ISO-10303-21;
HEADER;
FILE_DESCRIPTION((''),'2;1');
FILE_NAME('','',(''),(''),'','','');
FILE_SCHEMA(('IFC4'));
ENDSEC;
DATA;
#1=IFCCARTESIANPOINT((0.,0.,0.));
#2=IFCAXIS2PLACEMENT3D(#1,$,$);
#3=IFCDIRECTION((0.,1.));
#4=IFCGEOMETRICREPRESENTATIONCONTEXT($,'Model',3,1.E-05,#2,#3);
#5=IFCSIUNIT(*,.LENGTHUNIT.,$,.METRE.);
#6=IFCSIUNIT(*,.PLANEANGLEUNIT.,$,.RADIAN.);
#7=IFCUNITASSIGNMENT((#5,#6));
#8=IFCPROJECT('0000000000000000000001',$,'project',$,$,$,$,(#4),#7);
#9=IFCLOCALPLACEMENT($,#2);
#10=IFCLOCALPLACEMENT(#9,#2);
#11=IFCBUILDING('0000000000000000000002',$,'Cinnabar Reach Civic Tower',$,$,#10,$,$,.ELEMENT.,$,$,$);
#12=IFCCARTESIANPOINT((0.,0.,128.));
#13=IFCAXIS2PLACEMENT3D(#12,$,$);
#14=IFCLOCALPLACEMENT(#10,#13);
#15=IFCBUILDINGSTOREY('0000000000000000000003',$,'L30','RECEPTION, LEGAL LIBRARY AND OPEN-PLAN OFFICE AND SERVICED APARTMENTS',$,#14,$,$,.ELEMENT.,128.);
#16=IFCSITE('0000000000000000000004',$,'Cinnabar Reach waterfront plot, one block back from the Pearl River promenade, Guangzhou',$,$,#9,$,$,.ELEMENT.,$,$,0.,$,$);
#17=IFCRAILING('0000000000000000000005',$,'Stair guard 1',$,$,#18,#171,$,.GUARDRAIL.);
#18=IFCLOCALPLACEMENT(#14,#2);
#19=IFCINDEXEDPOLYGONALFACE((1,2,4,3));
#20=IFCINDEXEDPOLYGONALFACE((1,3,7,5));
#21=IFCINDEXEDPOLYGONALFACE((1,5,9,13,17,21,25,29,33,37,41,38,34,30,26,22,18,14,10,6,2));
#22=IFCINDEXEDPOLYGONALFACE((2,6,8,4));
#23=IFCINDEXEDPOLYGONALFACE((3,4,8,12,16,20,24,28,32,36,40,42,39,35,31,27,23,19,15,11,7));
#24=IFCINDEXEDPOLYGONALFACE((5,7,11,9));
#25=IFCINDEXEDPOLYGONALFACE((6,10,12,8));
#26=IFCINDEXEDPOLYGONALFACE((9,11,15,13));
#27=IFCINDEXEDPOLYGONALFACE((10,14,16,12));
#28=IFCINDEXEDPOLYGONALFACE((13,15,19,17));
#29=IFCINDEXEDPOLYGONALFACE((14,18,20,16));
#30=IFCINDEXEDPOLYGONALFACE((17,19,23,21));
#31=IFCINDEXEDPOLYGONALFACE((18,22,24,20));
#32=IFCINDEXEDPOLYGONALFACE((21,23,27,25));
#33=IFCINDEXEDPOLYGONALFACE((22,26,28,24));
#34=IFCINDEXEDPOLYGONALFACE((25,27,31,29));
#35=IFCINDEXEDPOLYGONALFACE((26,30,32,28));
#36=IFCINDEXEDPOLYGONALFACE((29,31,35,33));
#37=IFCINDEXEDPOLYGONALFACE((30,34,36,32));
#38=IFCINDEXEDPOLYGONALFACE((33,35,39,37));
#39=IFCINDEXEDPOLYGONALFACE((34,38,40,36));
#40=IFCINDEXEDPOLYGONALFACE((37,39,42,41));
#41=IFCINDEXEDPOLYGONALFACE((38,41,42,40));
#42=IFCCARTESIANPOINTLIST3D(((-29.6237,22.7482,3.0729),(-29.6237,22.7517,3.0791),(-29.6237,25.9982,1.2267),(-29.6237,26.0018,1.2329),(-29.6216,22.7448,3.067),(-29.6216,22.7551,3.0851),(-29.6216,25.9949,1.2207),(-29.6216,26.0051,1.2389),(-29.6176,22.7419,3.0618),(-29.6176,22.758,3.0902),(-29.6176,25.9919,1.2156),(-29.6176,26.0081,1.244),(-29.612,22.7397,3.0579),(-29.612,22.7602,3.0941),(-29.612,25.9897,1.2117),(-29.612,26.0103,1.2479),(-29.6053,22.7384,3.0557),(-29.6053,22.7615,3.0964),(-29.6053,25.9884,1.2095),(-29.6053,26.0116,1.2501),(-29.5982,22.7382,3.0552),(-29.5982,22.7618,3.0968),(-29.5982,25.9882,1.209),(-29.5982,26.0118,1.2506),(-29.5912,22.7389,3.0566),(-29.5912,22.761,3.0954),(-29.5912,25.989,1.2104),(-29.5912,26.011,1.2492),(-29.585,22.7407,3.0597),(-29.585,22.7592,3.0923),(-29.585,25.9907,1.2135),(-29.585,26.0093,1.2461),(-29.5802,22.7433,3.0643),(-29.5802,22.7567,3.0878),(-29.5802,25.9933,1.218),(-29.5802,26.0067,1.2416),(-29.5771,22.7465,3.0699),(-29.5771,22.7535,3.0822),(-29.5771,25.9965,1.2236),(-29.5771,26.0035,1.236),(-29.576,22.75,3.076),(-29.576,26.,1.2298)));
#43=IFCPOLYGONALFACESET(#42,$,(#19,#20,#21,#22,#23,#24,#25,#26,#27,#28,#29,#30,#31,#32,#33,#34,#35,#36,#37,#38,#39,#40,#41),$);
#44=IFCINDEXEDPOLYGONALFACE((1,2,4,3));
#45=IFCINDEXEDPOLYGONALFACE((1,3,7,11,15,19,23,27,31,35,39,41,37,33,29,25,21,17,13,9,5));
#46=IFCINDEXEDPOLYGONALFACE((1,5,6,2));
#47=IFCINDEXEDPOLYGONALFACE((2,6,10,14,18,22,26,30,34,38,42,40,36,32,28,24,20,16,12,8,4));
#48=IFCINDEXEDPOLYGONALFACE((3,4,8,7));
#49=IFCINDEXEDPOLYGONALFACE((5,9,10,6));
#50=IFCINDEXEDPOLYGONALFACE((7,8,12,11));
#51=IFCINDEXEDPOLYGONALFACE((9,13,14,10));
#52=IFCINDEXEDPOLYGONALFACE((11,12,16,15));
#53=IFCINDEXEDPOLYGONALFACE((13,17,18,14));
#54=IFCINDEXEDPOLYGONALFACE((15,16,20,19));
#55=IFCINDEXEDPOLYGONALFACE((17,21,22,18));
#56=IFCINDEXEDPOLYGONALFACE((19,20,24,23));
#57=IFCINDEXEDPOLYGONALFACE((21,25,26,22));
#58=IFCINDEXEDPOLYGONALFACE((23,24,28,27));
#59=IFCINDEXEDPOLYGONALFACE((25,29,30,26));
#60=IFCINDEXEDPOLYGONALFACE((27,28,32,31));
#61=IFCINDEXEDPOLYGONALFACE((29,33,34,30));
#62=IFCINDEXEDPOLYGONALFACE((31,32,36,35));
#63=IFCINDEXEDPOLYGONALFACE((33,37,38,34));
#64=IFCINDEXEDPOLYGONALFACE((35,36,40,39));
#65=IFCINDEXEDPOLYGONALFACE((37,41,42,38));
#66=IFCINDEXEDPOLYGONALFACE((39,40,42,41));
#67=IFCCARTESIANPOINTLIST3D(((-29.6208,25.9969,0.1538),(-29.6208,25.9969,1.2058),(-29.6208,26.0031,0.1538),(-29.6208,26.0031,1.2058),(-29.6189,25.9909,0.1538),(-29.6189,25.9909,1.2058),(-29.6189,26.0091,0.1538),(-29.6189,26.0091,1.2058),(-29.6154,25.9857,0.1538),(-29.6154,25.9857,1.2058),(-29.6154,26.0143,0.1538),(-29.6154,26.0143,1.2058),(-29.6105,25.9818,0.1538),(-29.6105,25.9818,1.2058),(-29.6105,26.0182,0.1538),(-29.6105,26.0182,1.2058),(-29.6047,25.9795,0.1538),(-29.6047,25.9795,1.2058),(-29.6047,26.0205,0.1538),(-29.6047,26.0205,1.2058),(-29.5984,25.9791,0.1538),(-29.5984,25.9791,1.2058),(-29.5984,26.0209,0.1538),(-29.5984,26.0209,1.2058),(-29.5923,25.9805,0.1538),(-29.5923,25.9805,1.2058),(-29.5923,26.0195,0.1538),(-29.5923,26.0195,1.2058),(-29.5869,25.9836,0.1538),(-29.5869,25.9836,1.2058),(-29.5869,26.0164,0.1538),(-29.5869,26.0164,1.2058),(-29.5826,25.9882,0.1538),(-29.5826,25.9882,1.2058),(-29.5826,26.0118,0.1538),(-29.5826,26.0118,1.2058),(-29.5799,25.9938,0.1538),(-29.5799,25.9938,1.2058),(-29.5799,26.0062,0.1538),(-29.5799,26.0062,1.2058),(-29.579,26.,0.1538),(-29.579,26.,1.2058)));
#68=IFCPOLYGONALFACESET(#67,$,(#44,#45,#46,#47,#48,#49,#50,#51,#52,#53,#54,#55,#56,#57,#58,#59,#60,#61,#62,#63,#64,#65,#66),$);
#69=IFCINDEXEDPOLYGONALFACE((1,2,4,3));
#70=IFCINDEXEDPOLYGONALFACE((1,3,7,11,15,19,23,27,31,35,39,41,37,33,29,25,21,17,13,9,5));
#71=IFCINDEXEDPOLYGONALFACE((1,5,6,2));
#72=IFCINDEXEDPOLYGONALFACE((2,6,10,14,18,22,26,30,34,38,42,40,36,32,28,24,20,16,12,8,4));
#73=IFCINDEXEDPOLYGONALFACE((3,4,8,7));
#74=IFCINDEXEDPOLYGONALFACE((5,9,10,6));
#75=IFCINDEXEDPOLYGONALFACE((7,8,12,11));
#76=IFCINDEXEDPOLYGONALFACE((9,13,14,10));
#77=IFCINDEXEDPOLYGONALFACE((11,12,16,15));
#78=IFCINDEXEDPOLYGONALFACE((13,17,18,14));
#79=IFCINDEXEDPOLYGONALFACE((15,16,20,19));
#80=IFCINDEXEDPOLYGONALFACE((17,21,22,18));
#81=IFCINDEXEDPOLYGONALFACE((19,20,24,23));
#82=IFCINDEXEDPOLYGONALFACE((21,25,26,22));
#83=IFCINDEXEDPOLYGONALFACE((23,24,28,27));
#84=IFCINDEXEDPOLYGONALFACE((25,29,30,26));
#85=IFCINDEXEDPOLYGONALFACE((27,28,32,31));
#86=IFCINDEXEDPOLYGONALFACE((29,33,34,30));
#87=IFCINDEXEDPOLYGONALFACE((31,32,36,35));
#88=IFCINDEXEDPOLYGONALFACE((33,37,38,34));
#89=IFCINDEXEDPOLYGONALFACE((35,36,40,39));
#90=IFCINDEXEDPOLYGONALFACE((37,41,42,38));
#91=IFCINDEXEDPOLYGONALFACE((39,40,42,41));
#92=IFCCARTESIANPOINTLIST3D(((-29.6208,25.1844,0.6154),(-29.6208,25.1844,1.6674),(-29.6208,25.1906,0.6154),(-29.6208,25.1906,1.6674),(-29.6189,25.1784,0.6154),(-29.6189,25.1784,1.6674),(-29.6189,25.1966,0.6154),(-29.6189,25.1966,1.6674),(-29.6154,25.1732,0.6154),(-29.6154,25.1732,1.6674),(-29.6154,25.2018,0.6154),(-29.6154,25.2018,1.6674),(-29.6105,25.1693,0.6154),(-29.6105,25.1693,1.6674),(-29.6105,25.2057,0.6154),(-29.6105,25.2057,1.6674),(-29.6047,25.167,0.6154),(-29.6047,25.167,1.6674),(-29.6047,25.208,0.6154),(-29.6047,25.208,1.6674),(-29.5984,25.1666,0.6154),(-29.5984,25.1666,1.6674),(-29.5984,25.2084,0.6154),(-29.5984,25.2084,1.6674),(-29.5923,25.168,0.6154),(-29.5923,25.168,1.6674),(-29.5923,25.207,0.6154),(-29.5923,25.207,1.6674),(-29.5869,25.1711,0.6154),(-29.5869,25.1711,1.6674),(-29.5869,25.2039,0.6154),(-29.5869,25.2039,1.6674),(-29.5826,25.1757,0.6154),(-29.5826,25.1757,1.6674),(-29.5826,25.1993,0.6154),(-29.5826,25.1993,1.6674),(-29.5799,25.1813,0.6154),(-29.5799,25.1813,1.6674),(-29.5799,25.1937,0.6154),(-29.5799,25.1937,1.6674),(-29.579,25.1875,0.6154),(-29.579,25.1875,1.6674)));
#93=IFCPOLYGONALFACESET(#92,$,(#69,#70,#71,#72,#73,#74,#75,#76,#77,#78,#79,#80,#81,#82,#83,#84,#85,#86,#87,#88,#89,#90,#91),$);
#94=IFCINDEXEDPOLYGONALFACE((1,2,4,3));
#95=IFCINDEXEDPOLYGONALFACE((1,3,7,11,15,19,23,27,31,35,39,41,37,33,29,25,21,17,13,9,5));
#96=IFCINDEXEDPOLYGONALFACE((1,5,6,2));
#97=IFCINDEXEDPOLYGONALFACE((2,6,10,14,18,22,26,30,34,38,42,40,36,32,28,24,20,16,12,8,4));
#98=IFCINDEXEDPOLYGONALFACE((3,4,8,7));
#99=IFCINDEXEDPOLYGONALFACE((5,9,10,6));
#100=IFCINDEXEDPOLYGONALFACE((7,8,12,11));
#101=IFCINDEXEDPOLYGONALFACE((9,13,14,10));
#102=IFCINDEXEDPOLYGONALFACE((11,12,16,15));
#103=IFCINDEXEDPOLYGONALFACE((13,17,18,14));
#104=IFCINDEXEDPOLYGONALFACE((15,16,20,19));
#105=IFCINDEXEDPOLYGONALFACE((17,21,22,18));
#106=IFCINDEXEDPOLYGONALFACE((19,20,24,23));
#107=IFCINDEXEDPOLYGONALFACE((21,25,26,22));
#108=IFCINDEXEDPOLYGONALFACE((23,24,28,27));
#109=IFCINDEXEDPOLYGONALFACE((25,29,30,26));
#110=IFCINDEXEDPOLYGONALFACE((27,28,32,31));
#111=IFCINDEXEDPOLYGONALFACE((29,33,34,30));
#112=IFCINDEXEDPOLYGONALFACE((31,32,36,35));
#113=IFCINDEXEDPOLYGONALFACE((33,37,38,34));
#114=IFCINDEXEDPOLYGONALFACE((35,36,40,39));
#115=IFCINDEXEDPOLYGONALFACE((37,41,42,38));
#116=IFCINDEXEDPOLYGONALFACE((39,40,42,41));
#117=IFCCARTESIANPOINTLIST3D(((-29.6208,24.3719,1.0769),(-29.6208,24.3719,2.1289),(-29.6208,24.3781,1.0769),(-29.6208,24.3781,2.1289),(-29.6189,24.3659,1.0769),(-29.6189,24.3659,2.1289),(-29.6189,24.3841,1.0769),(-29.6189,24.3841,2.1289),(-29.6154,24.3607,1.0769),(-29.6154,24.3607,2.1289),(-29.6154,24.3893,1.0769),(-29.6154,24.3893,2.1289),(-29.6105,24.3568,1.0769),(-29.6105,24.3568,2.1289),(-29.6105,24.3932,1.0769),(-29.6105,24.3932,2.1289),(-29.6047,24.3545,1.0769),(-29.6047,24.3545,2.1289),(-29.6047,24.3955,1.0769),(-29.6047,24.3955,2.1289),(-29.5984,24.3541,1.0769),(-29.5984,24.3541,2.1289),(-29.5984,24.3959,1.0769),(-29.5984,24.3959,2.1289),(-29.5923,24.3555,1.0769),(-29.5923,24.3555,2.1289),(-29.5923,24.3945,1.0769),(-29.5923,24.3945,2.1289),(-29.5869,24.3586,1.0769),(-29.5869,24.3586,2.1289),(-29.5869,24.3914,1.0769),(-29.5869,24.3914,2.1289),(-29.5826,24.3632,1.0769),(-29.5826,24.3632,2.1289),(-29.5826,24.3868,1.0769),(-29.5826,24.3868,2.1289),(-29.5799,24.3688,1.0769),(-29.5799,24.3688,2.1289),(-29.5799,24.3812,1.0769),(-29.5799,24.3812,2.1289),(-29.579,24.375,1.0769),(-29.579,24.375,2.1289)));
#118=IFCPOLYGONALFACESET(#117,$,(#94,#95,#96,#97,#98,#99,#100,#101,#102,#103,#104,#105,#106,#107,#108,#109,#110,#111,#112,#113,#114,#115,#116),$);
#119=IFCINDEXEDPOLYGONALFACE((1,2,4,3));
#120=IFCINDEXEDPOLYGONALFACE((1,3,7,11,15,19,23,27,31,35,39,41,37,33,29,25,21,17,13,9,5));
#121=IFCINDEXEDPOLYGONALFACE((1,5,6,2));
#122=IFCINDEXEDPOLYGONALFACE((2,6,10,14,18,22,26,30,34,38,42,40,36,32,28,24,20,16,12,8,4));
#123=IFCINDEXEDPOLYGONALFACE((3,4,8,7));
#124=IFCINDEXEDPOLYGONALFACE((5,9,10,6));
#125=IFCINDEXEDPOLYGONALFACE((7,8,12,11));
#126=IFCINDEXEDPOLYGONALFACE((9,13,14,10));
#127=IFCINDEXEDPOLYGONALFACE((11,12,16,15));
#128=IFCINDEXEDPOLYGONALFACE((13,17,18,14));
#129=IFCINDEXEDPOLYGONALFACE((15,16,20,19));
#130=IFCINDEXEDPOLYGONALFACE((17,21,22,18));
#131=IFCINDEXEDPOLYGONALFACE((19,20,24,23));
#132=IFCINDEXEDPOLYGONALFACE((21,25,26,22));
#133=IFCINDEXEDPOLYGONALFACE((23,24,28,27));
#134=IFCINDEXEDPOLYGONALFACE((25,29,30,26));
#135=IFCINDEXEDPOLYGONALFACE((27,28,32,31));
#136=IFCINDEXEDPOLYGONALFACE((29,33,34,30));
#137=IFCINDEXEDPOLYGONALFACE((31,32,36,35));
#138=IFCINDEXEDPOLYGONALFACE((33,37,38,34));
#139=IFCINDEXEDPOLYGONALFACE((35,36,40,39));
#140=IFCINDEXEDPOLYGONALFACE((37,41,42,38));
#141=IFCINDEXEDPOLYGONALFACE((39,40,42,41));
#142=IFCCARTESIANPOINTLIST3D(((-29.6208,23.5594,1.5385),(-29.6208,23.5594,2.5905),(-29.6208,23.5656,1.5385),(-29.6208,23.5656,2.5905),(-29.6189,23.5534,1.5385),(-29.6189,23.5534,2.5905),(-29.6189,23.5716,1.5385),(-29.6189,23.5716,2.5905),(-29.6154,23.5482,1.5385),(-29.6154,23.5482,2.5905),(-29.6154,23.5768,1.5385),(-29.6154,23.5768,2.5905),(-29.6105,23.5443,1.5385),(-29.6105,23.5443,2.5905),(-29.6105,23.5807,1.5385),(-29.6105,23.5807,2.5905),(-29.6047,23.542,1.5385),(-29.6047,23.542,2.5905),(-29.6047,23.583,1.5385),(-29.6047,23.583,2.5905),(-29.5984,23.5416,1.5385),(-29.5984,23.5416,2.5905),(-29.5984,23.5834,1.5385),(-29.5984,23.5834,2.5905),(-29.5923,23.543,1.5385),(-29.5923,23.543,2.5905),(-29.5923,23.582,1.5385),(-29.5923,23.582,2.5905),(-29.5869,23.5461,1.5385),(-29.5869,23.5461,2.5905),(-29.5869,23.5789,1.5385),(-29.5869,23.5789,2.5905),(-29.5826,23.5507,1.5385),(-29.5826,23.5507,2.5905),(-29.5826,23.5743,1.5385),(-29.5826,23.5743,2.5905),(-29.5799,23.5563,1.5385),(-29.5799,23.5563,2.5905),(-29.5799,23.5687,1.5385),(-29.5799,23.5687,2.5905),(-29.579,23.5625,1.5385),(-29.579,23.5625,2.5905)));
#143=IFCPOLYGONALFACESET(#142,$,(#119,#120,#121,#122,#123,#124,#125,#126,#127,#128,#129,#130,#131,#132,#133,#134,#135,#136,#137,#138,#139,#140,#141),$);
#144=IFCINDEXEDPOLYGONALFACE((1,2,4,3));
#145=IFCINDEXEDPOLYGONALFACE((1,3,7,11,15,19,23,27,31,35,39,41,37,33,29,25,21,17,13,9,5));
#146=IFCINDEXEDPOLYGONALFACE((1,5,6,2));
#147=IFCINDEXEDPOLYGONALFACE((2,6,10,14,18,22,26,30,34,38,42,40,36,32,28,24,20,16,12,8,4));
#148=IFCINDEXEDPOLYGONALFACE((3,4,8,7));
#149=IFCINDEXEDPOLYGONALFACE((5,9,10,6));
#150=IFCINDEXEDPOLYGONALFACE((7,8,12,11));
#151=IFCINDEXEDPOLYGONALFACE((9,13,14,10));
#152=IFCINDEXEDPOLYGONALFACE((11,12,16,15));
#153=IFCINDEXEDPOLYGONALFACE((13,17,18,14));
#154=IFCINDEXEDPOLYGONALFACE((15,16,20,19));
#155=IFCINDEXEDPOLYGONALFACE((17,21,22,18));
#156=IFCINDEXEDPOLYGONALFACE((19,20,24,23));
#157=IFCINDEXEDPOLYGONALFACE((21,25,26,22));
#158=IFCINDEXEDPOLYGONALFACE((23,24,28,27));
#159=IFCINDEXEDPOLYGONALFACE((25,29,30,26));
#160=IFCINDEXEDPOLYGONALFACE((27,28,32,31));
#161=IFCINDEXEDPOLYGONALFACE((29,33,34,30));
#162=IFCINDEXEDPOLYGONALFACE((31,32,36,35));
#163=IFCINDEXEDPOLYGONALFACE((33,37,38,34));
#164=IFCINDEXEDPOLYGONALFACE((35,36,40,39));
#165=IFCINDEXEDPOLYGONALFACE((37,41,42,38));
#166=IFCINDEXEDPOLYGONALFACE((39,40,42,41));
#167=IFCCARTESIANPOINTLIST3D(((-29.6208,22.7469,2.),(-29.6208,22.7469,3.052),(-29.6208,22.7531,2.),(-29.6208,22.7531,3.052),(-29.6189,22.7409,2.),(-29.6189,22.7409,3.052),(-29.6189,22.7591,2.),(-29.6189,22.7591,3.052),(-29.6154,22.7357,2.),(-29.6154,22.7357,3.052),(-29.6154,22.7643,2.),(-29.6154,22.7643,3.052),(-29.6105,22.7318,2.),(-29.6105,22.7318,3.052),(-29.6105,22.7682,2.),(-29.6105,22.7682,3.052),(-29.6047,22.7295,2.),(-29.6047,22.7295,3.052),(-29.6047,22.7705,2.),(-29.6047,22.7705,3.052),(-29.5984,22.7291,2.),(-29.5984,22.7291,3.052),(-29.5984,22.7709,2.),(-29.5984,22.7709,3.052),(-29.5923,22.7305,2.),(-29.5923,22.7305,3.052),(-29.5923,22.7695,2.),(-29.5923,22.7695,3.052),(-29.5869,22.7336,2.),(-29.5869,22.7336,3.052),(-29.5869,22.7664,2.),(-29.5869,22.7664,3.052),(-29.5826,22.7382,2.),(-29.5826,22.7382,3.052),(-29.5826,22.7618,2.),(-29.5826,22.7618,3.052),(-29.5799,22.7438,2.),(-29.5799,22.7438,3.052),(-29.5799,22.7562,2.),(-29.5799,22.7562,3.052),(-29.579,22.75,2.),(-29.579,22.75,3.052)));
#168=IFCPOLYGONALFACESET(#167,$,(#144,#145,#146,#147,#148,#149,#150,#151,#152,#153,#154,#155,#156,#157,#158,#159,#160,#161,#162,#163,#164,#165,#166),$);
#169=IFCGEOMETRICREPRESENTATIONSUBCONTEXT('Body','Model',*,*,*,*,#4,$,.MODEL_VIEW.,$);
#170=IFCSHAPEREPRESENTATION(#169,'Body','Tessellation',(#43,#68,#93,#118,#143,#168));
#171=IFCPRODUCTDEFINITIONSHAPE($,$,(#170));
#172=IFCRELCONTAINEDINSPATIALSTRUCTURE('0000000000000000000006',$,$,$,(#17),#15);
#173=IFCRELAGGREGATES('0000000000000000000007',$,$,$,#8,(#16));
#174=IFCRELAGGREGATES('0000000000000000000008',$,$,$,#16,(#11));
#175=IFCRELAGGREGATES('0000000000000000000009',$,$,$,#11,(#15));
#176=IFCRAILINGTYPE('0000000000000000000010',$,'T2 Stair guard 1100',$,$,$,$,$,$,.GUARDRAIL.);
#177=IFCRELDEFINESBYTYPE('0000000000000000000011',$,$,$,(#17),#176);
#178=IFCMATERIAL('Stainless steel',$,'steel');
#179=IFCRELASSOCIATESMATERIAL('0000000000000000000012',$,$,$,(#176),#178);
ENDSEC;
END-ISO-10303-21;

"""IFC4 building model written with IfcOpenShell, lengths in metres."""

from ifc_helpers import new_model, si_unit, direction, frame, origin, origin_2d, place, context, subcontext, project, spatial, circle, extrude, material, type_object, element, save


model = new_model("IFC4")

# Units and contexts
model_context = context("Model", 3, precision=1e-05, world=origin(), true_north=direction((0.0, 1.0)))
body_context = subcontext(model_context, "Body", "Model", "MODEL_VIEW")
ifc_project = project(units=[si_unit("LENGTHUNIT", "METRE"), si_unit("PLANEANGLEUNIT", "RADIAN")], contexts=[model_context])

# Site, building, storey
site_placement = place(None, origin())
site = spatial("IfcSite", under=ifc_project, at=site_placement, Name="Cinnabar Reach waterfront plot, one block back from the Pearl River promenade, Guangzhou", CompositionType="ELEMENT", RefElevation=0.0)
building_placement = place(site_placement, origin())
building = spatial("IfcBuilding", under=site, at=building_placement, Name="Cinnabar Reach Civic Tower", CompositionType="ELEMENT")
storey_placement = place(building_placement, frame((0.0, 0.0, 128.0)))
storey = spatial("IfcBuildingStorey", under=building, at=storey_placement, Name="L30", Description="RECEPTION, LEGAL LIBRARY AND OPEN-PLAN OFFICE AND SERVICED APARTMENTS", CompositionType="ELEMENT", Elevation=128.0)

# Railing
ifc_material_1 = material(Name="Stainless steel", Category="steel")
railing_type = type_object("IfcRailingType", Name="T2 Stair guard 1100", PredefinedType="GUARDRAIL", material=ifc_material_1)
railing_1_placement = place(storey_placement, frame((-29.6, 26.0, 0.1538)))
element("IfcRailing", 1, at=railing_1_placement, inside=storey, type_object=railing_type, Name="Stair guard 1", PredefinedType="GUARDRAIL", context=body_context, shape_type="SweptSolid", body=[
    extrude(circle(Radius=0.024, at=origin_2d()), frame((0.0, 0.0, 1.076), z_axis=(0.0, -0.869501, 0.49393), x_axis=(1.0, 0.0, 0.0)), (0.0, 0.0, 1.0), 3.7378),
    extrude(circle(Radius=0.021, at=origin_2d()), origin(), (0.0, 0.0, 1.0), 1.052),
    extrude(circle(Radius=0.021, at=origin_2d()), frame((0.0, -0.8125, 0.4616)), (0.0, 0.0, 1.0), 1.052),
    extrude(circle(Radius=0.021, at=origin_2d()), frame((0.0, -1.625, 0.9231)), (0.0, 0.0, 1.0), 1.052),
    extrude(circle(Radius=0.021, at=origin_2d()), frame((0.0, -2.4375, 1.3847)), (0.0, 0.0, 1.0), 1.052),
    extrude(circle(Radius=0.021, at=origin_2d()), frame((0.0, -3.25, 1.8462)), (0.0, 0.0, 1.0), 1.052),
])

save(model, "model.ifc")
